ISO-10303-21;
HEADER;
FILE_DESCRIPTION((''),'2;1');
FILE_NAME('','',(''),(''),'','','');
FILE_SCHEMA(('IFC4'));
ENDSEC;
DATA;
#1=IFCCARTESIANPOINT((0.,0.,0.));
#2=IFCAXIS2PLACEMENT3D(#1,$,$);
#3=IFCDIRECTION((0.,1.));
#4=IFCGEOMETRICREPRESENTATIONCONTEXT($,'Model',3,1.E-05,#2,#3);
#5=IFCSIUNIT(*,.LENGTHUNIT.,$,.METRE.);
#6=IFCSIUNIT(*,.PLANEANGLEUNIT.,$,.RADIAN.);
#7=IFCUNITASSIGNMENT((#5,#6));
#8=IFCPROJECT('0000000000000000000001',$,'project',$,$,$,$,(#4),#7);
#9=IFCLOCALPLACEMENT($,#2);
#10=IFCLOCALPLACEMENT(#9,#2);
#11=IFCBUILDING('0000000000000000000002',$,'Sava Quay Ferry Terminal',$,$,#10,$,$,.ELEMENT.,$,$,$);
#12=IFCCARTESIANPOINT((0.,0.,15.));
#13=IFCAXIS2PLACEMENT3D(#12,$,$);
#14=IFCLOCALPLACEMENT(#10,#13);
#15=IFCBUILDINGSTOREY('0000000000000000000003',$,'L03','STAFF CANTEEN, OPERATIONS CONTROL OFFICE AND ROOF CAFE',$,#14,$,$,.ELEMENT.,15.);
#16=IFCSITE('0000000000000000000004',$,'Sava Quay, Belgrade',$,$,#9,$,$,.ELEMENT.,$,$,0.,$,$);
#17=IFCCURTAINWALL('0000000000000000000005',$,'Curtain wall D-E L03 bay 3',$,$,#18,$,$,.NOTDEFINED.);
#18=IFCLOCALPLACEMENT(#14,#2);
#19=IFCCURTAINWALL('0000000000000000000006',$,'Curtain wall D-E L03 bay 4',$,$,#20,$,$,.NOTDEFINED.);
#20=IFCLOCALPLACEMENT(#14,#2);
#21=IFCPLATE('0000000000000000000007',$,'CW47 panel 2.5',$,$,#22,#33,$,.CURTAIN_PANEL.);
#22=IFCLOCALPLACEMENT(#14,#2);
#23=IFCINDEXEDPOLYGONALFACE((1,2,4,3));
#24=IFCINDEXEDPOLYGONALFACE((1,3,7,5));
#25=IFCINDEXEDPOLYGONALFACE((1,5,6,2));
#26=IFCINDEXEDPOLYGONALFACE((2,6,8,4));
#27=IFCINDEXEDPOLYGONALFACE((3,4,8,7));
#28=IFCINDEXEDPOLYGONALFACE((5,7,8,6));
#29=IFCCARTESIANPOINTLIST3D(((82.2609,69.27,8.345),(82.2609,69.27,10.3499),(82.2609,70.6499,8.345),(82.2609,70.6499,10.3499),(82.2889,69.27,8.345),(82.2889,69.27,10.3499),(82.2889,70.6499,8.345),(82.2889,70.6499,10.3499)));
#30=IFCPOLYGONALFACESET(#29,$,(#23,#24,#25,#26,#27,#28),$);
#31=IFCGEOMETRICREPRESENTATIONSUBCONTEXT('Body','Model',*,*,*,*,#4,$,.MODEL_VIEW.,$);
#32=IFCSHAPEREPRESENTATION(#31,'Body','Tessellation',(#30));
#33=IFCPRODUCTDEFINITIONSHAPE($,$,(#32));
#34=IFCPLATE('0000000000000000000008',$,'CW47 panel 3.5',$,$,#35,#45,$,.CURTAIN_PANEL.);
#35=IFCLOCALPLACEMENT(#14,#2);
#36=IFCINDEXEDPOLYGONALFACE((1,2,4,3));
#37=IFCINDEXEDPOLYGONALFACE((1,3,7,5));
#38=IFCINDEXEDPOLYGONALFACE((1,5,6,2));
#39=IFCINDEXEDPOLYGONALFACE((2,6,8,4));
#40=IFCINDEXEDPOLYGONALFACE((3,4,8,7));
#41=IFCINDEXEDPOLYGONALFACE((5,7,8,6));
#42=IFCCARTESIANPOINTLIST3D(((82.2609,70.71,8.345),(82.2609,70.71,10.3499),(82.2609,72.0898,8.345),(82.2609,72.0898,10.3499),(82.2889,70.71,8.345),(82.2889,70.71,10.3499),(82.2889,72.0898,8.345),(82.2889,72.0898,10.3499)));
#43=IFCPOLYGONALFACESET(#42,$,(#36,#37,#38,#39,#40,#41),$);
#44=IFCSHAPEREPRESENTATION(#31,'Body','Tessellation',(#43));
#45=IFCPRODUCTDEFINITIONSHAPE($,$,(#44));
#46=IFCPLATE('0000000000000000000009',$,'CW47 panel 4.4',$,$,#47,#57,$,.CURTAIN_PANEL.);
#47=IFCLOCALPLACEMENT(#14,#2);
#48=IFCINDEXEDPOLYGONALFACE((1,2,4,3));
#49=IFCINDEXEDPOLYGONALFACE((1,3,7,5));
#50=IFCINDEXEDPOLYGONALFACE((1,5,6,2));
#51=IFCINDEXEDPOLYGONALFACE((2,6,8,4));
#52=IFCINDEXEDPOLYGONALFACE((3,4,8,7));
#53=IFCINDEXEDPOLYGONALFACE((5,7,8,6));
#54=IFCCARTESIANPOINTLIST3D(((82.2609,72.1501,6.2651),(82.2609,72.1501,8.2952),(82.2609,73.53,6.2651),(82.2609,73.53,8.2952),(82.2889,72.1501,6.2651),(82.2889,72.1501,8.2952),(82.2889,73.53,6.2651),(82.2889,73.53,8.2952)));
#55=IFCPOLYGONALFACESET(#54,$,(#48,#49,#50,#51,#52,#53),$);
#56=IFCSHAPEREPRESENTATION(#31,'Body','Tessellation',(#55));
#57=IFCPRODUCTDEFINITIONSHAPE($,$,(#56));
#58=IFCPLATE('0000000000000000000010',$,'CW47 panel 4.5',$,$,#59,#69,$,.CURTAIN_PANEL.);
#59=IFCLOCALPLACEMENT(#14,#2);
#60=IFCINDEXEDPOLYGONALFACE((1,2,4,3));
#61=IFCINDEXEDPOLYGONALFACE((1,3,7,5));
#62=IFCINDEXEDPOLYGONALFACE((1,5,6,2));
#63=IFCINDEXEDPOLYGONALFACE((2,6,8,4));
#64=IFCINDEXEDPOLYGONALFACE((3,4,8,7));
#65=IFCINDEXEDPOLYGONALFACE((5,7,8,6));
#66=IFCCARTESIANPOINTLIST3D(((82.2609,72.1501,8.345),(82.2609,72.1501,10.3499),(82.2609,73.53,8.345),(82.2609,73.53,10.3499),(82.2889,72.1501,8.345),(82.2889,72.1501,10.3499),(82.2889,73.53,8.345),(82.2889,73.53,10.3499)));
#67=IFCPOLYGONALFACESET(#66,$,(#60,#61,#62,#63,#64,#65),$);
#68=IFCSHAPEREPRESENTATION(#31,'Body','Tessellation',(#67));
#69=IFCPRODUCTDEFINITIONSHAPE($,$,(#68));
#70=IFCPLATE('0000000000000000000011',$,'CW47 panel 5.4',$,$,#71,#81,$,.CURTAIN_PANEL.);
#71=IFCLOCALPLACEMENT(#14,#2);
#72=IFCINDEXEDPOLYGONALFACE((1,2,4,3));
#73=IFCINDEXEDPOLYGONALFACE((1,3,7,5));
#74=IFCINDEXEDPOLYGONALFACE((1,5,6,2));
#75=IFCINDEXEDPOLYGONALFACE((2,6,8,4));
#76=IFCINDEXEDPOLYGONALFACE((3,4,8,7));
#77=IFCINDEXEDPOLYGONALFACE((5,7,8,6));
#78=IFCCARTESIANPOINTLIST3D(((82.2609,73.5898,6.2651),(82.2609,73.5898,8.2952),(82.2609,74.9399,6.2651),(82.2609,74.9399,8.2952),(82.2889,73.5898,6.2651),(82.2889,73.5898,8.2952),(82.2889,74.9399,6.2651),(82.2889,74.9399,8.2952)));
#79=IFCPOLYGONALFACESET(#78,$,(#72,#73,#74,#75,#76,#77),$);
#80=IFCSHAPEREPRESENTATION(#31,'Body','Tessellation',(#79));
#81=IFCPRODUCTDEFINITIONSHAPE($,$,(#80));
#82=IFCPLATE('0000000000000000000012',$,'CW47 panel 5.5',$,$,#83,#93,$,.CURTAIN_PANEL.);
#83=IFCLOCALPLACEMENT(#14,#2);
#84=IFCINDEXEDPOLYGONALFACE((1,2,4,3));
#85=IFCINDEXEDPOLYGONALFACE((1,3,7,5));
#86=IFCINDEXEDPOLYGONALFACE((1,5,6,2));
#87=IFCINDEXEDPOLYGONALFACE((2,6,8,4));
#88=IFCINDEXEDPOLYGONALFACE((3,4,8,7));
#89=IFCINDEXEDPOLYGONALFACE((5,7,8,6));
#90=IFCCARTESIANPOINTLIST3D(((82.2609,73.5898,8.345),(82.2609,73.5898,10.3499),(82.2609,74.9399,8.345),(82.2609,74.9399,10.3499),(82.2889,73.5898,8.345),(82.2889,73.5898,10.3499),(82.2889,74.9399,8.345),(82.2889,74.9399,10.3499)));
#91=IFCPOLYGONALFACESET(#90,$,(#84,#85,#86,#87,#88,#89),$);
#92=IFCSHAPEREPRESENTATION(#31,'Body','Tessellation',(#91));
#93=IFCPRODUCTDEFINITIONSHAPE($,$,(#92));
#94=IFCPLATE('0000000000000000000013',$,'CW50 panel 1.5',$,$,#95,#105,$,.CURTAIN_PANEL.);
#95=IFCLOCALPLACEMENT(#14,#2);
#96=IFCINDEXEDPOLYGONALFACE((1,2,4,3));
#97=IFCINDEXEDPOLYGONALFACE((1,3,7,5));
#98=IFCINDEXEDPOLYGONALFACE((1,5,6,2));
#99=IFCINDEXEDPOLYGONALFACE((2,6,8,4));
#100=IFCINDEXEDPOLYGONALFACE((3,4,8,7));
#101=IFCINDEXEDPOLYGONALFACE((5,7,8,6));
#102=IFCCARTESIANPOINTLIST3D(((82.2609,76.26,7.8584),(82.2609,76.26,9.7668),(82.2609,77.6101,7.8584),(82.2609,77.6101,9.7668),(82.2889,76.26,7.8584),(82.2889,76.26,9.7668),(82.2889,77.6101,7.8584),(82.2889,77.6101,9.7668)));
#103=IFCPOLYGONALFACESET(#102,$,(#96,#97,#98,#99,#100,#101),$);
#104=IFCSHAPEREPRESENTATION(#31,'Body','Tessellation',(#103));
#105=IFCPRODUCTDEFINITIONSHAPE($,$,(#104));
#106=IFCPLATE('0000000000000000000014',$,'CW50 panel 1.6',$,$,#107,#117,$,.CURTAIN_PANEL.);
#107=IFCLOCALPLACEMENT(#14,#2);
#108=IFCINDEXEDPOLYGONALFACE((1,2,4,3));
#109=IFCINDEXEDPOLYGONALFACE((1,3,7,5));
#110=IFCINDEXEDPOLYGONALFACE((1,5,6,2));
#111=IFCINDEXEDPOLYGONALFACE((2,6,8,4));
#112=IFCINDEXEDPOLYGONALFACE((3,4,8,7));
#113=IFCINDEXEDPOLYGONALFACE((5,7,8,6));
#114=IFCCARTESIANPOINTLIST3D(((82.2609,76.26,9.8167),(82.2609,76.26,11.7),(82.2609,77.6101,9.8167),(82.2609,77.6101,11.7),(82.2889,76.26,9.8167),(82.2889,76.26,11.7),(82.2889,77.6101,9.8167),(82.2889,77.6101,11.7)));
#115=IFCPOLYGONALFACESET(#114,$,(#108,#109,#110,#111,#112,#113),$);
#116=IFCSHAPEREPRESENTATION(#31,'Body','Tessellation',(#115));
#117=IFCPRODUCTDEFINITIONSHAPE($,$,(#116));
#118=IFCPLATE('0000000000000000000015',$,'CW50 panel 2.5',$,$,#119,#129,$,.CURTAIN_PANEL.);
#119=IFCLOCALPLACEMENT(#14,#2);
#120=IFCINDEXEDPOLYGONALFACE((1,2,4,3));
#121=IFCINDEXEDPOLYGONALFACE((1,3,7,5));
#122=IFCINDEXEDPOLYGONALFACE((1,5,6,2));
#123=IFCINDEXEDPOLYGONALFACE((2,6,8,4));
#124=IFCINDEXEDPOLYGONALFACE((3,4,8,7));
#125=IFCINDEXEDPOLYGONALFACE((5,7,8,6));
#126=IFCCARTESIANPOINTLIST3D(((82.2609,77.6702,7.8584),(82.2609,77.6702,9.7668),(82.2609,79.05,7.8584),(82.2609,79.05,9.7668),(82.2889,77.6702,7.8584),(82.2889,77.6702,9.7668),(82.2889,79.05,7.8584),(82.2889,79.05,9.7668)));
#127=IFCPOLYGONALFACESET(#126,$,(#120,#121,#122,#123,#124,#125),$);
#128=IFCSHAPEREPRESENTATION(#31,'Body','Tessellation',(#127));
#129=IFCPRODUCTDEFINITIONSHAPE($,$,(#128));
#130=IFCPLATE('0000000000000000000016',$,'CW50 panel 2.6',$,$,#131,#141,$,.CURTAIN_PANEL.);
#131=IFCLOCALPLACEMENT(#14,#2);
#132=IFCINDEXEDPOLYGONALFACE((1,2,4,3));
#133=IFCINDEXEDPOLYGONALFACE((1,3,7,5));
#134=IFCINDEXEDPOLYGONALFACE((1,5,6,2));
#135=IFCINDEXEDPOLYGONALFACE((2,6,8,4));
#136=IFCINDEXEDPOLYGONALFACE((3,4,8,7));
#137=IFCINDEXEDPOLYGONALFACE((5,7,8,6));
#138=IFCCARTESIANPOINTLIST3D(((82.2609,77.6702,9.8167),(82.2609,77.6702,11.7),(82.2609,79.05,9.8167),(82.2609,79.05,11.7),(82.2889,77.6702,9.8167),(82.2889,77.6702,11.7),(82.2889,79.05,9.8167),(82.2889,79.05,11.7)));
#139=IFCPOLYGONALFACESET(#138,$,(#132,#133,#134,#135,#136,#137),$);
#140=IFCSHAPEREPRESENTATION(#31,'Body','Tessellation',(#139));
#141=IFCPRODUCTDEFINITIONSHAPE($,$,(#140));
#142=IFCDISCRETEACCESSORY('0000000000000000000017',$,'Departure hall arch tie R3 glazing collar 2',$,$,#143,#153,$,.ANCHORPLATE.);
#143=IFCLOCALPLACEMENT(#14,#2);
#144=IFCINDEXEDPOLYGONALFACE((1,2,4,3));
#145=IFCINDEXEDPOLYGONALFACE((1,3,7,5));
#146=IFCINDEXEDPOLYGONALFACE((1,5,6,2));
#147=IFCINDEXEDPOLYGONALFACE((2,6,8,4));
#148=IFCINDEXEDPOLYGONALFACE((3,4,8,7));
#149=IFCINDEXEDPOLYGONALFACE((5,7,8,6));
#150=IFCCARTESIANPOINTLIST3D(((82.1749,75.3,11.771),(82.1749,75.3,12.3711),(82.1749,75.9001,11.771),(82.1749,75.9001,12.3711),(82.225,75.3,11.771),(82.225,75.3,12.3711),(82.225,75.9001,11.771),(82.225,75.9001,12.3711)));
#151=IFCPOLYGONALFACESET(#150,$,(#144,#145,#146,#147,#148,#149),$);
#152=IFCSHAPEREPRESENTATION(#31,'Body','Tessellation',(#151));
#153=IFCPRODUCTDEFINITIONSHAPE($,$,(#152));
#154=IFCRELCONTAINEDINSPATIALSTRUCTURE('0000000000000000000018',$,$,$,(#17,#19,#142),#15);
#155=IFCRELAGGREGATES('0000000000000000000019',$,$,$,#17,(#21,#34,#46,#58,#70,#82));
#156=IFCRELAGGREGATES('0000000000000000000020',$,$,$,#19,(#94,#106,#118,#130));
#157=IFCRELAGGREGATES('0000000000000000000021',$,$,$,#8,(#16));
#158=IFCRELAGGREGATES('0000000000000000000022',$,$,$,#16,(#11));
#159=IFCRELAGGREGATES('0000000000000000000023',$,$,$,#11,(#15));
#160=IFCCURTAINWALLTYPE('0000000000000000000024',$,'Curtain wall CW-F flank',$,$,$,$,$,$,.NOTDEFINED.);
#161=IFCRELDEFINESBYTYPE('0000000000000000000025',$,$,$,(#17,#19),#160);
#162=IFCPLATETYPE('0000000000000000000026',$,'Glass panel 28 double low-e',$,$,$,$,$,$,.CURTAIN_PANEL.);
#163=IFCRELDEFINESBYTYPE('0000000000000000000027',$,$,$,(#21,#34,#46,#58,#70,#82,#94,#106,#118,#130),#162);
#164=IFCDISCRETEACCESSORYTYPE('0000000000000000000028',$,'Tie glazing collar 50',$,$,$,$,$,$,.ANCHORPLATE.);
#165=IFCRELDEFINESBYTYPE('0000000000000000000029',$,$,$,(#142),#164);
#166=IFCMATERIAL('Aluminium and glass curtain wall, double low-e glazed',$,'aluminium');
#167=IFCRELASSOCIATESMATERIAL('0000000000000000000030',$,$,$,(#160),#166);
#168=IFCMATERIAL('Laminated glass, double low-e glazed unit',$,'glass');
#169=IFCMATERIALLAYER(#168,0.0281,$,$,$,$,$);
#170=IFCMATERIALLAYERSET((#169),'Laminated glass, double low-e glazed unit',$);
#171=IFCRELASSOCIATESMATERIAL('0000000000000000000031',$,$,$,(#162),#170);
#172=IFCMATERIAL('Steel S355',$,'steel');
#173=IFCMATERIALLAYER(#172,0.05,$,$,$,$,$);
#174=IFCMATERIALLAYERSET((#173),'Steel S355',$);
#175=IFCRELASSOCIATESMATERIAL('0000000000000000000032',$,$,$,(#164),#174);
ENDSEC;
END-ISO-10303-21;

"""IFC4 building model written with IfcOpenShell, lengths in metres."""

from ifc_helpers import new_model, si_unit, direction, frame, origin, origin_2d, place, context, subcontext, project, spatial, rectangle, extrude, material, layer, layer_set, type_object, element, aggregate, save


model = new_model("IFC4")

# Units and contexts
model_context = context("Model", 3, precision=1e-05, world=origin(), true_north=direction((0.0, 1.0)))
body_context = subcontext(model_context, "Body", "Model", "MODEL_VIEW")
ifc_project = project(units=[si_unit("LENGTHUNIT", "METRE"), si_unit("PLANEANGLEUNIT", "RADIAN")], contexts=[model_context])

# Site, building, storey
site_placement = place(None, origin())
site = spatial("IfcSite", under=ifc_project, at=site_placement, Name="Sava Quay, Belgrade", CompositionType="ELEMENT", RefElevation=0.0)
building_placement = place(site_placement, origin())
building = spatial("IfcBuilding", under=site, at=building_placement, Name="Sava Quay Ferry Terminal", CompositionType="ELEMENT")
storey_placement = place(building_placement, frame((0.0, 0.0, 15.0)))
storey = spatial("IfcBuildingStorey", under=building, at=storey_placement, Name="L03", Description="STAFF CANTEEN, OPERATIONS CONTROL OFFICE AND ROOF CAFE", CompositionType="ELEMENT", Elevation=15.0)

# Curtain walls
ifc_material_1 = material(Name="Aluminium and glass curtain wall, double low-e glazed", Category="aluminium")
curtain_wall_type = type_object("IfcCurtainWallType", Name="Curtain wall CW-F flank", PredefinedType="NOTDEFINED", material=ifc_material_1)
curtain_wall_1_placement = place(storey_placement, origin())
curtain_wall_1 = element("IfcCurtainWall", 1, at=curtain_wall_1_placement, inside=storey, type_object=curtain_wall_type, Name="Curtain wall D-E L03 bay 3", PredefinedType="NOTDEFINED")
curtain_wall_2_placement = place(storey_placement, origin())
curtain_wall_2 = element("IfcCurtainWall", 2, at=curtain_wall_2_placement, inside=storey, type_object=curtain_wall_type, Name="Curtain wall D-E L03 bay 4", PredefinedType="NOTDEFINED")

# Plates
ifc_material_2 = material(Name="Laminated glass, double low-e glazed unit", Category="glass")
ifc_layer_1 = layer(ifc_material_2, 0.0281)
ifc_layer_set_1 = layer_set([ifc_layer_1], Name="Laminated glass, double low-e glazed unit")
plate_type = type_object("IfcPlateType", Name="Glass panel 28 double low-e", PredefinedType="CURTAIN_PANEL", material=ifc_layer_set_1)
plate_1_placement = place(storey_placement, frame((82.2749, 69.96, 8.345), z_axis=(0.0, 0.0, 1.0), x_axis=(0.0, 1.0, 0.0)))
plate_1 = element("IfcPlate", 3, at=plate_1_placement, type_object=plate_type, Name="CW47 panel 2.5", PredefinedType="CURTAIN_PANEL", context=body_context, shape_type="SweptSolid", body=[
    extrude(rectangle(XDim=1.3799, YDim=0.0281, at=origin_2d()), origin(), (0.0, 0.0, 1.0), 2.0049),
])
plate_2_placement = place(storey_placement, frame((82.2749, 71.3999, 8.345), z_axis=(0.0, 0.0, 1.0), x_axis=(0.0, 1.0, 0.0)))
plate_2 = element("IfcPlate", 4, at=plate_2_placement, type_object=plate_type, Name="CW47 panel 3.5", PredefinedType="CURTAIN_PANEL", context=body_context, shape_type="SweptSolid", body=[
    extrude(rectangle(XDim=1.3799, YDim=0.0281, at=origin_2d()), origin(), (0.0, 0.0, 1.0), 2.0049),
])
plate_3_placement = place(storey_placement, frame((82.2749, 72.8401, 6.2651), z_axis=(0.0, 0.0, 1.0), x_axis=(0.0, 1.0, 0.0)))
plate_3 = element("IfcPlate", 5, at=plate_3_placement, type_object=plate_type, Name="CW47 panel 4.4", PredefinedType="CURTAIN_PANEL", context=body_context, shape_type="SweptSolid", body=[
    extrude(rectangle(XDim=1.3799, YDim=0.0281, at=origin_2d()), origin(), (0.0, 0.0, 1.0), 2.03),
])
plate_4_placement = place(storey_placement, frame((82.2749, 72.8401, 8.345), z_axis=(0.0, 0.0, 1.0), x_axis=(0.0, 1.0, 0.0)))
plate_4 = element("IfcPlate", 6, at=plate_4_placement, type_object=plate_type, Name="CW47 panel 4.5", PredefinedType="CURTAIN_PANEL", context=body_context, shape_type="SweptSolid", body=[
    extrude(rectangle(XDim=1.3799, YDim=0.0281, at=origin_2d()), origin(), (0.0, 0.0, 1.0), 2.0049),
])
plate_5_placement = place(storey_placement, frame((82.2749, 74.2649, 6.2651), z_axis=(0.0, 0.0, 1.0), x_axis=(0.0, 1.0, 0.0)))
plate_5 = element("IfcPlate", 7, at=plate_5_placement, type_object=plate_type, Name="CW47 panel 5.4", PredefinedType="CURTAIN_PANEL", context=body_context, shape_type="SweptSolid", body=[
    extrude(rectangle(XDim=1.3501, YDim=0.0281, at=origin_2d()), origin(), (0.0, 0.0, 1.0), 2.03),
])
plate_6_placement = place(storey_placement, frame((82.2749, 74.2649, 8.345), z_axis=(0.0, 0.0, 1.0), x_axis=(0.0, 1.0, 0.0)))
plate_6 = element("IfcPlate", 8, at=plate_6_placement, type_object=plate_type, Name="CW47 panel 5.5", PredefinedType="CURTAIN_PANEL", context=body_context, shape_type="SweptSolid", body=[
    extrude(rectangle(XDim=1.3501, YDim=0.0281, at=origin_2d()), origin(), (0.0, 0.0, 1.0), 2.0049),
])
aggregate(curtain_wall_1, [plate_1, plate_2, plate_3, plate_4, plate_5, plate_6])
plate_7_placement = place(storey_placement, frame((82.2749, 76.9351, 7.8584), z_axis=(0.0, 0.0, 1.0), x_axis=(0.0, 1.0, 0.0)))
plate_7 = element("IfcPlate", 9, at=plate_7_placement, type_object=plate_type, Name="CW50 panel 1.5", PredefinedType="CURTAIN_PANEL", context=body_context, shape_type="SweptSolid", body=[
    extrude(rectangle(XDim=1.3501, YDim=0.0281, at=origin_2d()), origin(), (0.0, 0.0, 1.0), 1.9084),
])
plate_8_placement = place(storey_placement, frame((82.2749, 76.9351, 9.8167), z_axis=(0.0, 0.0, 1.0), x_axis=(0.0, 1.0, 0.0)))
plate_8 = element("IfcPlate", 10, at=plate_8_placement, type_object=plate_type, Name="CW50 panel 1.6", PredefinedType="CURTAIN_PANEL", context=body_context, shape_type="SweptSolid", body=[
    extrude(rectangle(XDim=1.3501, YDim=0.0281, at=origin_2d()), origin(), (0.0, 0.0, 1.0), 1.8833),
])
plate_9_placement = place(storey_placement, frame((82.2749, 78.3601, 7.8584), z_axis=(0.0, 0.0, 1.0), x_axis=(0.0, 1.0, 0.0)))
plate_9 = element("IfcPlate", 11, at=plate_9_placement, type_object=plate_type, Name="CW50 panel 2.5", PredefinedType="CURTAIN_PANEL", context=body_context, shape_type="SweptSolid", body=[
    extrude(rectangle(XDim=1.3799, YDim=0.0281, at=origin_2d()), origin(), (0.0, 0.0, 1.0), 1.9084),
])
plate_10_placement = place(storey_placement, frame((82.2749, 78.3601, 9.8167), z_axis=(0.0, 0.0, 1.0), x_axis=(0.0, 1.0, 0.0)))
plate_10 = element("IfcPlate", 12, at=plate_10_placement, type_object=plate_type, Name="CW50 panel 2.6", PredefinedType="CURTAIN_PANEL", context=body_context, shape_type="SweptSolid", body=[
    extrude(rectangle(XDim=1.3799, YDim=0.0281, at=origin_2d()), origin(), (0.0, 0.0, 1.0), 1.8833),
])
aggregate(curtain_wall_2, [plate_7, plate_8, plate_9, plate_10])

# Discrete accessory
ifc_material_3 = material(Name="Steel S355", Category="steel")
ifc_layer_2 = layer(ifc_material_3, 0.05)
ifc_layer_set_2 = layer_set([ifc_layer_2], Name="Steel S355")
discrete_accessory_type = type_object("IfcDiscreteAccessoryType", Name="Tie glazing collar 50", PredefinedType="ANCHORPLATE", material=ifc_layer_set_2)
discrete_accessory_placement = place(storey_placement, frame((82.2, 75.6001, 11.771), z_axis=(0.0, 0.0, 1.0), x_axis=(1.0, 0.0, 0.0)))
element("IfcDiscreteAccessory", 13, at=discrete_accessory_placement, inside=storey, type_object=discrete_accessory_type, Name="Departure hall arch tie R3 glazing collar 2", PredefinedType="ANCHORPLATE", context=body_context, shape_type="SweptSolid", body=[
    extrude(rectangle(XDim=0.05, YDim=0.6001, at=origin_2d()), origin(), (0.0, 0.0, 1.0), 0.6001),
])

save(model, "model.ifc")
